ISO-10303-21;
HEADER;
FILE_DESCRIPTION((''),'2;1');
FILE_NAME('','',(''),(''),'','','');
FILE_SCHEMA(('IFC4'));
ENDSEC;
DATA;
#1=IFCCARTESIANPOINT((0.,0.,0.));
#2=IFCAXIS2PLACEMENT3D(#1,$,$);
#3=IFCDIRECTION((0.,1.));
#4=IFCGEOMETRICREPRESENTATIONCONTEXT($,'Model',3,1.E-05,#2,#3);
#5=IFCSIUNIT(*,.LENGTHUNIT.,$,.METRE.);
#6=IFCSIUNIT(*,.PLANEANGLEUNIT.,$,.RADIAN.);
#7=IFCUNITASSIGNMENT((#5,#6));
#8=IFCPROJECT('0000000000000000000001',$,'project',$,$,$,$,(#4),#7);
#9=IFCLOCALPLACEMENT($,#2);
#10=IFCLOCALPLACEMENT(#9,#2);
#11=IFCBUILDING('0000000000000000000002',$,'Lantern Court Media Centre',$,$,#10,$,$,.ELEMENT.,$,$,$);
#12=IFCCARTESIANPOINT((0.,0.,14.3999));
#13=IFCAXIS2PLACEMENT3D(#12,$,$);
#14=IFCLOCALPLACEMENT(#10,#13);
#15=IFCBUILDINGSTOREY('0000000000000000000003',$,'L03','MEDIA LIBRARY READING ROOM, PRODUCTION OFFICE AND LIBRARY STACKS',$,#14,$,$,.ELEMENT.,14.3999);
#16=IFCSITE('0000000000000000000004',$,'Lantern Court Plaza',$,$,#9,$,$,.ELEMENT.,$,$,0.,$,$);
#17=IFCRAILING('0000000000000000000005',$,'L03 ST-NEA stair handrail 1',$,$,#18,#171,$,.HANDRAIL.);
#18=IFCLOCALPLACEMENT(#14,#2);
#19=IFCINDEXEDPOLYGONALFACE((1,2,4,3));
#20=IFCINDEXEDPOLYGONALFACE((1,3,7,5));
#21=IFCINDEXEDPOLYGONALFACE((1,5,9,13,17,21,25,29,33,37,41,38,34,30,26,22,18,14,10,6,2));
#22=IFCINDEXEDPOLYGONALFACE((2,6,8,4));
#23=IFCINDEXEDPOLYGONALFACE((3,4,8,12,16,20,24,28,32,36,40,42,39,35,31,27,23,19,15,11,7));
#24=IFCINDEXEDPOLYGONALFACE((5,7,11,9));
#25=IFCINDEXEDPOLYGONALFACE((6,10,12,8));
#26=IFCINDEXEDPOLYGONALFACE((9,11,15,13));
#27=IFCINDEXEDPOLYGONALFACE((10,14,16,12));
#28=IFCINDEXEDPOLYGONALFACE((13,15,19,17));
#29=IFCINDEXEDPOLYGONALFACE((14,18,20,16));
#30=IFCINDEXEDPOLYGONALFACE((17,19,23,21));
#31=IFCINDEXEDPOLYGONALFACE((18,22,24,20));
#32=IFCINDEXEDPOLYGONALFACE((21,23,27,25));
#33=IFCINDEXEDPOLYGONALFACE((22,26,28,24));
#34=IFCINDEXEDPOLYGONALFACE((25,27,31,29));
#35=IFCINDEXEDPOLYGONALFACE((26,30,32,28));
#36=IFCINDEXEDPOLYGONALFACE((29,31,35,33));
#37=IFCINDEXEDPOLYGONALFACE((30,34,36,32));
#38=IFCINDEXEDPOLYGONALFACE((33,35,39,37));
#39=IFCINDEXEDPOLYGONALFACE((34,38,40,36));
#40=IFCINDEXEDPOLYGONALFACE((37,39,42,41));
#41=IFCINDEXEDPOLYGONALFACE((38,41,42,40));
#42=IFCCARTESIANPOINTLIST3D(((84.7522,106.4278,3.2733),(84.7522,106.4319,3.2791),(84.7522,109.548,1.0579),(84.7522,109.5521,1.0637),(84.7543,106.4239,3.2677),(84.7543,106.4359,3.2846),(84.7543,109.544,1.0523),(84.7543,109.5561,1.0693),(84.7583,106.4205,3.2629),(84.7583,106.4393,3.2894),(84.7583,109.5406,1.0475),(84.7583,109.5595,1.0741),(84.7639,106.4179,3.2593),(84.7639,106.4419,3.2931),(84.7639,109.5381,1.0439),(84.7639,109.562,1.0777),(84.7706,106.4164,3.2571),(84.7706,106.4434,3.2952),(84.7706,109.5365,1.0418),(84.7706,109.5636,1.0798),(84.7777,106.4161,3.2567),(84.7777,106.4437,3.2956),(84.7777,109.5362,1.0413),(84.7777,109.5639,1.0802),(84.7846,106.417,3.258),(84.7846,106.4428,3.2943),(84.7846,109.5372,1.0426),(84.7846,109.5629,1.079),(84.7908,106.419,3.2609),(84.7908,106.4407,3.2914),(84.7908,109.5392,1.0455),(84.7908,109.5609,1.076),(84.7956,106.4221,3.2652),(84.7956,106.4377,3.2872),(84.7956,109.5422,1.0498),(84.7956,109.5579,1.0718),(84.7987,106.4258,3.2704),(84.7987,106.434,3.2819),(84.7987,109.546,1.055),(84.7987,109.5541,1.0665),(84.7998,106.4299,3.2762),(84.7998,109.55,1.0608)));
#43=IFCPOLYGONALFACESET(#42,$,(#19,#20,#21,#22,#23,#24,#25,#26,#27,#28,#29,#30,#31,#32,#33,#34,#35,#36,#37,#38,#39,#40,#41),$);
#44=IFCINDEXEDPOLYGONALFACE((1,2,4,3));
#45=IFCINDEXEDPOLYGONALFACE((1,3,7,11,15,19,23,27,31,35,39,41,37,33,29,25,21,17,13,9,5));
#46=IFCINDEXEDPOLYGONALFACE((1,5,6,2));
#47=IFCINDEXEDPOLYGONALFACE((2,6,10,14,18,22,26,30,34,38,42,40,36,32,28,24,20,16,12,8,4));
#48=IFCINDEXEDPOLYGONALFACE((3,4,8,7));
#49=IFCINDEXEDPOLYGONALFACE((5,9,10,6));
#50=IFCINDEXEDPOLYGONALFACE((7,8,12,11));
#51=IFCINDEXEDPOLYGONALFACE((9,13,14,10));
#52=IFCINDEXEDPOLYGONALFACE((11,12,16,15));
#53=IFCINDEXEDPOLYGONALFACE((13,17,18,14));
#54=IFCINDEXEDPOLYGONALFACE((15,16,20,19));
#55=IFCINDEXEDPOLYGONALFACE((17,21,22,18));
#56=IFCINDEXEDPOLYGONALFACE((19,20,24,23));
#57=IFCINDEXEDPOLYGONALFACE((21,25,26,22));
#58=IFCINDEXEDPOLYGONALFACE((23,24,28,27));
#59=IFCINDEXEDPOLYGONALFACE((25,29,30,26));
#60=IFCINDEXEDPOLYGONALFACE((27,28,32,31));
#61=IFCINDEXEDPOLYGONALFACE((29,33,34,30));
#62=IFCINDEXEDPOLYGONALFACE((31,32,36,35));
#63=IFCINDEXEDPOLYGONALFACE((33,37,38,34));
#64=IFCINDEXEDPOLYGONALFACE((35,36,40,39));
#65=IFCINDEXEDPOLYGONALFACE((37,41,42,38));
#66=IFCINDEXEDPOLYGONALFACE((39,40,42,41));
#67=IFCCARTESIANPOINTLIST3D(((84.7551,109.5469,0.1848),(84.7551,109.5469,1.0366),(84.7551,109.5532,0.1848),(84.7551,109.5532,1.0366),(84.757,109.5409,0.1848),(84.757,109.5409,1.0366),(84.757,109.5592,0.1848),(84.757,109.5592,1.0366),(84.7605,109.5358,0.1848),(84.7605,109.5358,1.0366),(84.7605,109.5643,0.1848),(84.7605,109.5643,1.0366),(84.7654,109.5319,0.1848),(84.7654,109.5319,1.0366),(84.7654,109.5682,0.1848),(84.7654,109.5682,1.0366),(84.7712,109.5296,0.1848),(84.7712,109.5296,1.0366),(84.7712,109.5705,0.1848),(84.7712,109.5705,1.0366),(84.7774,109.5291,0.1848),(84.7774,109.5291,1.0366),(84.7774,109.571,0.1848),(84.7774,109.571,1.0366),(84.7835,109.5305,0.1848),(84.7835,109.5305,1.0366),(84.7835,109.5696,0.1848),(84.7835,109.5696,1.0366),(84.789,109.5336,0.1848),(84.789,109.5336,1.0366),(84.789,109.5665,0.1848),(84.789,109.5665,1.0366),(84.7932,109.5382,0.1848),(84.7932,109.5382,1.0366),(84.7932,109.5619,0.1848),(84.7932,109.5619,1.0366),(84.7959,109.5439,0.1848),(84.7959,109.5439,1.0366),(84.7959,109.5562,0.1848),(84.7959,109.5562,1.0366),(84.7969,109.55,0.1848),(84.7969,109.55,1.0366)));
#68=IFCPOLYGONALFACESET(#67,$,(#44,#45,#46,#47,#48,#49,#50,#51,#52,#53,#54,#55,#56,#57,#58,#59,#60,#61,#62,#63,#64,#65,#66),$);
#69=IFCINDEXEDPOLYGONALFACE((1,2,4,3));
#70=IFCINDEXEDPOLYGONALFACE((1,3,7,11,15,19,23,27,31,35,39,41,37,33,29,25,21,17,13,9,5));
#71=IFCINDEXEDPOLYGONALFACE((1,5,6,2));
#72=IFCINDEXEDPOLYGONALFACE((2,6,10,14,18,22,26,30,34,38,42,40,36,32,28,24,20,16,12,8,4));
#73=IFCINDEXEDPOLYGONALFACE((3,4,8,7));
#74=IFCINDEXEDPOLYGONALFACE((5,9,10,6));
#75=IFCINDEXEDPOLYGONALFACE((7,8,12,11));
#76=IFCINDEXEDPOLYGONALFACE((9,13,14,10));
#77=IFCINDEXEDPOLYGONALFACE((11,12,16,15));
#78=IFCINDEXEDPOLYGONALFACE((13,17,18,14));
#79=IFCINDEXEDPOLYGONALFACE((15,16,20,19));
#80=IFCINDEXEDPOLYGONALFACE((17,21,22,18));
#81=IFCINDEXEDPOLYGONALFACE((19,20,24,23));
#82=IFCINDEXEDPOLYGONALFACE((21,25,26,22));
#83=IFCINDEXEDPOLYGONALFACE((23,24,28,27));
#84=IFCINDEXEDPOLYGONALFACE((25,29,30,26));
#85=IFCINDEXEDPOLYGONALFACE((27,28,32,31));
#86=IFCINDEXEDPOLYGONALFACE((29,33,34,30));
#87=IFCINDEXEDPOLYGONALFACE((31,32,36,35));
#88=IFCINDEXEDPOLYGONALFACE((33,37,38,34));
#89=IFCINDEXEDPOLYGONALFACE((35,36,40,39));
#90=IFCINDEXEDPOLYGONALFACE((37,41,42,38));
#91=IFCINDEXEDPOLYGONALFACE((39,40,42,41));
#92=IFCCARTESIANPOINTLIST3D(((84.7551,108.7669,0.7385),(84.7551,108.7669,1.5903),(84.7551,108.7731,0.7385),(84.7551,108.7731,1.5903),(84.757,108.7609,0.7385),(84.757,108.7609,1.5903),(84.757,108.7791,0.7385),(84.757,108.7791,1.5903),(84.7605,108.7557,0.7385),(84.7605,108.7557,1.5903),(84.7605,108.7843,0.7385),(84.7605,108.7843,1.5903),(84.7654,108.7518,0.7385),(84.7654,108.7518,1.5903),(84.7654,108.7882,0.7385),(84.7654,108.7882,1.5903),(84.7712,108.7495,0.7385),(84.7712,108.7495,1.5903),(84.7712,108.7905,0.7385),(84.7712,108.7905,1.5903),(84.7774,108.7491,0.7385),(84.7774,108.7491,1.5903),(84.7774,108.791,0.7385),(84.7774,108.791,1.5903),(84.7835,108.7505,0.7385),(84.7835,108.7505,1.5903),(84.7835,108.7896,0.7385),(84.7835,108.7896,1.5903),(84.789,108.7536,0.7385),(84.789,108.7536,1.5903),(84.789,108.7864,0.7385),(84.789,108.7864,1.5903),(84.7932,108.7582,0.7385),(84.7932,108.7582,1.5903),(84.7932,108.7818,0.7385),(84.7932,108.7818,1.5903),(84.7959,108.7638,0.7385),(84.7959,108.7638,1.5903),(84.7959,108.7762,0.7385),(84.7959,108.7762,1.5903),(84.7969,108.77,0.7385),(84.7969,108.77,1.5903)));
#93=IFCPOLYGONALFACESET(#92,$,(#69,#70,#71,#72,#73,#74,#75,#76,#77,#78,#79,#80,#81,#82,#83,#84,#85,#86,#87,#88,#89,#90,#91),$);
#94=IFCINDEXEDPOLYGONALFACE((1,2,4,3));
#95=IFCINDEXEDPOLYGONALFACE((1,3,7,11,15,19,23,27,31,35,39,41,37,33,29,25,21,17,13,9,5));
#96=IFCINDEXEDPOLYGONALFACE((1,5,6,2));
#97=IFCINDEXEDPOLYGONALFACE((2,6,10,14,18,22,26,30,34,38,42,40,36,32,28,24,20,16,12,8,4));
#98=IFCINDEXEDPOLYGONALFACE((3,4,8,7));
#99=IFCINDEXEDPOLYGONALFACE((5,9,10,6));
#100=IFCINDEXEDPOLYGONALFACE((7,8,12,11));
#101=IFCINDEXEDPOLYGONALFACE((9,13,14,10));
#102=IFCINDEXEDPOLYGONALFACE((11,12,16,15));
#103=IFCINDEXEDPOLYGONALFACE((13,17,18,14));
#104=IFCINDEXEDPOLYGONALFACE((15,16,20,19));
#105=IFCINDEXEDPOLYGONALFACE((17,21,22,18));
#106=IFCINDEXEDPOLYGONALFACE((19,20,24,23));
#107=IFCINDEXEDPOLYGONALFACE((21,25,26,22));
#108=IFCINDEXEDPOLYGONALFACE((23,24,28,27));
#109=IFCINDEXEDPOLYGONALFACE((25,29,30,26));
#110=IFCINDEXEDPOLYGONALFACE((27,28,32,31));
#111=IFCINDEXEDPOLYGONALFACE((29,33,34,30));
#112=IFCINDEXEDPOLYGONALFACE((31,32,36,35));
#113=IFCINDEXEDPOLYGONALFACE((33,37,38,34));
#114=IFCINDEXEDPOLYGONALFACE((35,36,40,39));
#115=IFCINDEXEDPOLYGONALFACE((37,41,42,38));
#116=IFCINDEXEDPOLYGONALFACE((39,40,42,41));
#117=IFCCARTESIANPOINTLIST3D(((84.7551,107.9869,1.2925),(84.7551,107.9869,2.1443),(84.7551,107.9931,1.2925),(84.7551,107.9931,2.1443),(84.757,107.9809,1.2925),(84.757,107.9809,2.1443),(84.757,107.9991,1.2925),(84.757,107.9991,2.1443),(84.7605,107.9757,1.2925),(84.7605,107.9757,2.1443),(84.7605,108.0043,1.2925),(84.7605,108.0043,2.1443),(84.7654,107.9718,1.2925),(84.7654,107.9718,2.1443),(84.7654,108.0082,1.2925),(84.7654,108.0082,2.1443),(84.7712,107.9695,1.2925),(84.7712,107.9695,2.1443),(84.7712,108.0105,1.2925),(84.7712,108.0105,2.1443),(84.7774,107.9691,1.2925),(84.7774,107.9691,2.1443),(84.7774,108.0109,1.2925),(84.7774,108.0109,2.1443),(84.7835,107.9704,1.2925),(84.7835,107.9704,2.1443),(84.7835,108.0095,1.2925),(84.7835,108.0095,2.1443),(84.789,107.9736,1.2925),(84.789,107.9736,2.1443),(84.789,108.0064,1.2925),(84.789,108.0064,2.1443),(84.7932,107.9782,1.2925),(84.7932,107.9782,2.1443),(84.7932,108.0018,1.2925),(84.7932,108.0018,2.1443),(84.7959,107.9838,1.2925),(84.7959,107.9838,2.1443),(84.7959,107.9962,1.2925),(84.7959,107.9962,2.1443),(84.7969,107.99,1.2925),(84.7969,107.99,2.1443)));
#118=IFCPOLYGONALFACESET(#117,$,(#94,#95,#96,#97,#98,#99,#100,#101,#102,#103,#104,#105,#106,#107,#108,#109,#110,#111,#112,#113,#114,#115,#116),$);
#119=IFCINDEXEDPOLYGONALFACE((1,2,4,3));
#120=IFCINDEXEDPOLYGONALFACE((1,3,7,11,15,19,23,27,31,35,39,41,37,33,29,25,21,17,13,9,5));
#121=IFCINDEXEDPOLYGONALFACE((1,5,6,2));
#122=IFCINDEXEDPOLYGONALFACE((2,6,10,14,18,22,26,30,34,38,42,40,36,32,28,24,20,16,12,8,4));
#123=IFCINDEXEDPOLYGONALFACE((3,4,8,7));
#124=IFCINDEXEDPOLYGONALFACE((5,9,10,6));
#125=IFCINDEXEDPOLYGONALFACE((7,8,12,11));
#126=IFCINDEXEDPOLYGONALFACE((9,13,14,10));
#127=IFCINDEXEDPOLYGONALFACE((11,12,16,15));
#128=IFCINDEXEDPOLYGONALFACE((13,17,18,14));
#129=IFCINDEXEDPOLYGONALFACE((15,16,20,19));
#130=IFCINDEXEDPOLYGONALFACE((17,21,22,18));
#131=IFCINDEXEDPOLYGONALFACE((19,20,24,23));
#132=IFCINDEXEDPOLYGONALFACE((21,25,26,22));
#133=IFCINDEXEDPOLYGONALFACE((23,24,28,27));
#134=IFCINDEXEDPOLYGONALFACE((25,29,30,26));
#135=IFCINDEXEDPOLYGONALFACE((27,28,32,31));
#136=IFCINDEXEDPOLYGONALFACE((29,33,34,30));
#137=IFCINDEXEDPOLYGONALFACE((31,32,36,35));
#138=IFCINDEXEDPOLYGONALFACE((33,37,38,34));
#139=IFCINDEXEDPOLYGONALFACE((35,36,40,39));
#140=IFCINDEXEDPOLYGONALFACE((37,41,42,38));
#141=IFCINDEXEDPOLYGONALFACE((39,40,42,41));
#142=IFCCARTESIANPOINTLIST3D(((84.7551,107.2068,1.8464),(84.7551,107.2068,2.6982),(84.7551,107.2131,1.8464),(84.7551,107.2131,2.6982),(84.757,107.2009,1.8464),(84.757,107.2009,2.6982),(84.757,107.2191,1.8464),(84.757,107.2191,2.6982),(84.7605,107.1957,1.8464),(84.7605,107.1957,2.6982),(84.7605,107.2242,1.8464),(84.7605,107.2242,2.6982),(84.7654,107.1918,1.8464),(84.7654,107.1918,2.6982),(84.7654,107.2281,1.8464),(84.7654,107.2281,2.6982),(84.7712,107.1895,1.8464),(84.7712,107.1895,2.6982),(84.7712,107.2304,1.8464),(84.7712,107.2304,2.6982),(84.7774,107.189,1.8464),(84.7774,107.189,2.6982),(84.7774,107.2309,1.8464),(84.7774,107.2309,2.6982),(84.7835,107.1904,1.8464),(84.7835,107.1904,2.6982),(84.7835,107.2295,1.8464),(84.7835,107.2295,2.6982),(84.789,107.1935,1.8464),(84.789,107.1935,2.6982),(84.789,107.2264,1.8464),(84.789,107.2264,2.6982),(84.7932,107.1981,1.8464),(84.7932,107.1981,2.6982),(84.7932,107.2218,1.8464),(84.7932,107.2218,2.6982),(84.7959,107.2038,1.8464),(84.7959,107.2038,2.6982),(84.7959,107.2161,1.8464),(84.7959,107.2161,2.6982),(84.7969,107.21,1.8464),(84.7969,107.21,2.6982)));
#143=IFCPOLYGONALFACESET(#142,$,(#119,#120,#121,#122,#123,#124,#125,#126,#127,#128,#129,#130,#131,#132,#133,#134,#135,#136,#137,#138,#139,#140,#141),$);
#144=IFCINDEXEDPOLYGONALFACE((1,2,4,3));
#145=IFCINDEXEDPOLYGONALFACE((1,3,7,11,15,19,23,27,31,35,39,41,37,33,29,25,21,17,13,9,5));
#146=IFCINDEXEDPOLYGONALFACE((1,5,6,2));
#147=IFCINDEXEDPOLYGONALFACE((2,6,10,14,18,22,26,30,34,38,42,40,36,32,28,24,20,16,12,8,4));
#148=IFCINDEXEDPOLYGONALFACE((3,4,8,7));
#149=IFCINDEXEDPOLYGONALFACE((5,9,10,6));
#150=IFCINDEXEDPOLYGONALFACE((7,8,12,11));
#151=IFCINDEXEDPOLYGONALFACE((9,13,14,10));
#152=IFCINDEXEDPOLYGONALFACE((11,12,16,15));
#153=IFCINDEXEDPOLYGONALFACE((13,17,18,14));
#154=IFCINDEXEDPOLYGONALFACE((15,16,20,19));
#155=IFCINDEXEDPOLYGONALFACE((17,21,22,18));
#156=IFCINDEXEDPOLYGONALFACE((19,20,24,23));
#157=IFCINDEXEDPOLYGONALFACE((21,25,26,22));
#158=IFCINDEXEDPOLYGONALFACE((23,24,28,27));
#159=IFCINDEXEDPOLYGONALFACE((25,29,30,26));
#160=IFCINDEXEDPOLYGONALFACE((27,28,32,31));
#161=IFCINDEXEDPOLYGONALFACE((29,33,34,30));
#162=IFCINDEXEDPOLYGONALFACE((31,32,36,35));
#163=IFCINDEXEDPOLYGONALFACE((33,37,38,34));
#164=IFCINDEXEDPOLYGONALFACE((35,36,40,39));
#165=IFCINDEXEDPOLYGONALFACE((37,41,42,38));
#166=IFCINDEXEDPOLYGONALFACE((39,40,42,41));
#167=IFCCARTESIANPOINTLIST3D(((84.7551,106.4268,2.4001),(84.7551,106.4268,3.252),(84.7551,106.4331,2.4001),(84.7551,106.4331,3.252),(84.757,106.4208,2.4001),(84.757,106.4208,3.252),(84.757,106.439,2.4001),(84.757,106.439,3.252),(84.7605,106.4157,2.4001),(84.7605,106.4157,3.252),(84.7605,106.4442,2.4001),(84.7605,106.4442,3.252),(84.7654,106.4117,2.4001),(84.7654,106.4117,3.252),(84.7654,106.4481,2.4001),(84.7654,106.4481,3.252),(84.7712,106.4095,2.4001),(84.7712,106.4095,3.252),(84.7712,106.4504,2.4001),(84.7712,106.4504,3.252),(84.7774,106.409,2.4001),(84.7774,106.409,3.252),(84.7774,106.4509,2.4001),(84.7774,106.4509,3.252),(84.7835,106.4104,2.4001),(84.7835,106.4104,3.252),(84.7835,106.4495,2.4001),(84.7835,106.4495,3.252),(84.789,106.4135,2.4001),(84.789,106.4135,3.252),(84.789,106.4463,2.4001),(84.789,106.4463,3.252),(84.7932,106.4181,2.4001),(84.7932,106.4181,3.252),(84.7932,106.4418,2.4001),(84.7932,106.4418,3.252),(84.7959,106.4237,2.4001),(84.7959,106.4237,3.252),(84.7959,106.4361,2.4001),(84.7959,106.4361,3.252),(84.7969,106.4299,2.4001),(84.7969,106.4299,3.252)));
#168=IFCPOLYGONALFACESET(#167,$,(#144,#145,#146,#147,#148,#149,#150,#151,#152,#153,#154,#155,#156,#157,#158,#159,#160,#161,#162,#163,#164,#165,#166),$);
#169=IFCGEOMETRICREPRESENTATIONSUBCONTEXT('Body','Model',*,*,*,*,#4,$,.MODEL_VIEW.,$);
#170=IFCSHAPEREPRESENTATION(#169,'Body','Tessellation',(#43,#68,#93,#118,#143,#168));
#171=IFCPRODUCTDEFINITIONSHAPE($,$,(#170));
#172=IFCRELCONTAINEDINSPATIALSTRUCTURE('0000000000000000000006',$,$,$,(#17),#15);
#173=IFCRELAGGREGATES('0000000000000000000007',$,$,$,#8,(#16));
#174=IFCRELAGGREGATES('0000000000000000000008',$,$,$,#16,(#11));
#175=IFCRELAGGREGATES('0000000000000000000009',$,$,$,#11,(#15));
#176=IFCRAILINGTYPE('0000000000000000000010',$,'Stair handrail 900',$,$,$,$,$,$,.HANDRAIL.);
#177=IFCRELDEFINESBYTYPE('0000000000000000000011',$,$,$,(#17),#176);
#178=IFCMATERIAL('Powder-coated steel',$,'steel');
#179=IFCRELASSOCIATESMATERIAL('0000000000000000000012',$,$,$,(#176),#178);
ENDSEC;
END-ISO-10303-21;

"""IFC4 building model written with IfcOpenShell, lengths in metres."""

from ifc_helpers import new_model, si_unit, direction, frame, origin, origin_2d, place, context, subcontext, project, spatial, circle, extrude, material, type_object, element, save


model = new_model("IFC4")

# Units and contexts
model_context = context("Model", 3, precision=1e-05, world=origin(), true_north=direction((0.0, 1.0)))
body_context = subcontext(model_context, "Body", "Model", "MODEL_VIEW")
ifc_project = project(units=[si_unit("LENGTHUNIT", "METRE"), si_unit("PLANEANGLEUNIT", "RADIAN")], contexts=[model_context])

# Site, building, storey
site_placement = place(None, origin())
site = spatial("IfcSite", under=ifc_project, at=site_placement, Name="Lantern Court Plaza", CompositionType="ELEMENT", RefElevation=0.0)
building_placement = place(site_placement, origin())
building = spatial("IfcBuilding", under=site, at=building_placement, Name="Lantern Court Media Centre", CompositionType="ELEMENT")
storey_placement = place(building_placement, frame((0.0, 0.0, 14.3999)))
storey = spatial("IfcBuildingStorey", under=building, at=storey_placement, Name="L03", Description="MEDIA LIBRARY READING ROOM, PRODUCTION OFFICE AND LIBRARY STACKS", CompositionType="ELEMENT", Elevation=14.3999)

# Shared definitions
ifc_material_1 = material(Name="Powder-coated steel", Category="steel")

# Railing
railing_type_1 = type_object("IfcRailingType", Name="Stair handrail 900", PredefinedType="HANDRAIL", material=ifc_material_1)
railing_1_placement = place(storey_placement, frame((84.7759, 109.55, 0.1848)))
element("IfcRailing", 1, at=railing_1_placement, inside=storey, type_object=railing_type_1, Name="L03 ST-NEA stair handrail 1", PredefinedType="HANDRAIL", context=body_context, shape_type="SweptSolid", body=[
    extrude(circle(Radius=0.0239, at=origin_2d()), frame((0.0, 0.0, 0.876), z_axis=(0.0, -0.815377, 0.57893), x_axis=(1.0, 0.0, 0.0)), (0.0, 0.0, 1.0), 3.8267),
    extrude(circle(Radius=0.021, at=origin_2d()), origin(), (0.0, 0.0, 1.0), 0.8518),
    extrude(circle(Radius=0.021, at=origin_2d()), frame((0.0, -0.78, 0.5537)), (0.0, 0.0, 1.0), 0.8518),
    extrude(circle(Radius=0.021, at=origin_2d()), frame((0.0, -1.5601, 1.1077)), (0.0, 0.0, 1.0), 0.8518),
    extrude(circle(Radius=0.021, at=origin_2d()), frame((0.0, -2.3401, 1.6616)), (0.0, 0.0, 1.0), 0.8518),
    extrude(circle(Radius=0.021, at=origin_2d()), frame((0.0, -3.1201, 2.2153)), (0.0, 0.0, 1.0), 0.8518),
])

save(model, "model.ifc")
